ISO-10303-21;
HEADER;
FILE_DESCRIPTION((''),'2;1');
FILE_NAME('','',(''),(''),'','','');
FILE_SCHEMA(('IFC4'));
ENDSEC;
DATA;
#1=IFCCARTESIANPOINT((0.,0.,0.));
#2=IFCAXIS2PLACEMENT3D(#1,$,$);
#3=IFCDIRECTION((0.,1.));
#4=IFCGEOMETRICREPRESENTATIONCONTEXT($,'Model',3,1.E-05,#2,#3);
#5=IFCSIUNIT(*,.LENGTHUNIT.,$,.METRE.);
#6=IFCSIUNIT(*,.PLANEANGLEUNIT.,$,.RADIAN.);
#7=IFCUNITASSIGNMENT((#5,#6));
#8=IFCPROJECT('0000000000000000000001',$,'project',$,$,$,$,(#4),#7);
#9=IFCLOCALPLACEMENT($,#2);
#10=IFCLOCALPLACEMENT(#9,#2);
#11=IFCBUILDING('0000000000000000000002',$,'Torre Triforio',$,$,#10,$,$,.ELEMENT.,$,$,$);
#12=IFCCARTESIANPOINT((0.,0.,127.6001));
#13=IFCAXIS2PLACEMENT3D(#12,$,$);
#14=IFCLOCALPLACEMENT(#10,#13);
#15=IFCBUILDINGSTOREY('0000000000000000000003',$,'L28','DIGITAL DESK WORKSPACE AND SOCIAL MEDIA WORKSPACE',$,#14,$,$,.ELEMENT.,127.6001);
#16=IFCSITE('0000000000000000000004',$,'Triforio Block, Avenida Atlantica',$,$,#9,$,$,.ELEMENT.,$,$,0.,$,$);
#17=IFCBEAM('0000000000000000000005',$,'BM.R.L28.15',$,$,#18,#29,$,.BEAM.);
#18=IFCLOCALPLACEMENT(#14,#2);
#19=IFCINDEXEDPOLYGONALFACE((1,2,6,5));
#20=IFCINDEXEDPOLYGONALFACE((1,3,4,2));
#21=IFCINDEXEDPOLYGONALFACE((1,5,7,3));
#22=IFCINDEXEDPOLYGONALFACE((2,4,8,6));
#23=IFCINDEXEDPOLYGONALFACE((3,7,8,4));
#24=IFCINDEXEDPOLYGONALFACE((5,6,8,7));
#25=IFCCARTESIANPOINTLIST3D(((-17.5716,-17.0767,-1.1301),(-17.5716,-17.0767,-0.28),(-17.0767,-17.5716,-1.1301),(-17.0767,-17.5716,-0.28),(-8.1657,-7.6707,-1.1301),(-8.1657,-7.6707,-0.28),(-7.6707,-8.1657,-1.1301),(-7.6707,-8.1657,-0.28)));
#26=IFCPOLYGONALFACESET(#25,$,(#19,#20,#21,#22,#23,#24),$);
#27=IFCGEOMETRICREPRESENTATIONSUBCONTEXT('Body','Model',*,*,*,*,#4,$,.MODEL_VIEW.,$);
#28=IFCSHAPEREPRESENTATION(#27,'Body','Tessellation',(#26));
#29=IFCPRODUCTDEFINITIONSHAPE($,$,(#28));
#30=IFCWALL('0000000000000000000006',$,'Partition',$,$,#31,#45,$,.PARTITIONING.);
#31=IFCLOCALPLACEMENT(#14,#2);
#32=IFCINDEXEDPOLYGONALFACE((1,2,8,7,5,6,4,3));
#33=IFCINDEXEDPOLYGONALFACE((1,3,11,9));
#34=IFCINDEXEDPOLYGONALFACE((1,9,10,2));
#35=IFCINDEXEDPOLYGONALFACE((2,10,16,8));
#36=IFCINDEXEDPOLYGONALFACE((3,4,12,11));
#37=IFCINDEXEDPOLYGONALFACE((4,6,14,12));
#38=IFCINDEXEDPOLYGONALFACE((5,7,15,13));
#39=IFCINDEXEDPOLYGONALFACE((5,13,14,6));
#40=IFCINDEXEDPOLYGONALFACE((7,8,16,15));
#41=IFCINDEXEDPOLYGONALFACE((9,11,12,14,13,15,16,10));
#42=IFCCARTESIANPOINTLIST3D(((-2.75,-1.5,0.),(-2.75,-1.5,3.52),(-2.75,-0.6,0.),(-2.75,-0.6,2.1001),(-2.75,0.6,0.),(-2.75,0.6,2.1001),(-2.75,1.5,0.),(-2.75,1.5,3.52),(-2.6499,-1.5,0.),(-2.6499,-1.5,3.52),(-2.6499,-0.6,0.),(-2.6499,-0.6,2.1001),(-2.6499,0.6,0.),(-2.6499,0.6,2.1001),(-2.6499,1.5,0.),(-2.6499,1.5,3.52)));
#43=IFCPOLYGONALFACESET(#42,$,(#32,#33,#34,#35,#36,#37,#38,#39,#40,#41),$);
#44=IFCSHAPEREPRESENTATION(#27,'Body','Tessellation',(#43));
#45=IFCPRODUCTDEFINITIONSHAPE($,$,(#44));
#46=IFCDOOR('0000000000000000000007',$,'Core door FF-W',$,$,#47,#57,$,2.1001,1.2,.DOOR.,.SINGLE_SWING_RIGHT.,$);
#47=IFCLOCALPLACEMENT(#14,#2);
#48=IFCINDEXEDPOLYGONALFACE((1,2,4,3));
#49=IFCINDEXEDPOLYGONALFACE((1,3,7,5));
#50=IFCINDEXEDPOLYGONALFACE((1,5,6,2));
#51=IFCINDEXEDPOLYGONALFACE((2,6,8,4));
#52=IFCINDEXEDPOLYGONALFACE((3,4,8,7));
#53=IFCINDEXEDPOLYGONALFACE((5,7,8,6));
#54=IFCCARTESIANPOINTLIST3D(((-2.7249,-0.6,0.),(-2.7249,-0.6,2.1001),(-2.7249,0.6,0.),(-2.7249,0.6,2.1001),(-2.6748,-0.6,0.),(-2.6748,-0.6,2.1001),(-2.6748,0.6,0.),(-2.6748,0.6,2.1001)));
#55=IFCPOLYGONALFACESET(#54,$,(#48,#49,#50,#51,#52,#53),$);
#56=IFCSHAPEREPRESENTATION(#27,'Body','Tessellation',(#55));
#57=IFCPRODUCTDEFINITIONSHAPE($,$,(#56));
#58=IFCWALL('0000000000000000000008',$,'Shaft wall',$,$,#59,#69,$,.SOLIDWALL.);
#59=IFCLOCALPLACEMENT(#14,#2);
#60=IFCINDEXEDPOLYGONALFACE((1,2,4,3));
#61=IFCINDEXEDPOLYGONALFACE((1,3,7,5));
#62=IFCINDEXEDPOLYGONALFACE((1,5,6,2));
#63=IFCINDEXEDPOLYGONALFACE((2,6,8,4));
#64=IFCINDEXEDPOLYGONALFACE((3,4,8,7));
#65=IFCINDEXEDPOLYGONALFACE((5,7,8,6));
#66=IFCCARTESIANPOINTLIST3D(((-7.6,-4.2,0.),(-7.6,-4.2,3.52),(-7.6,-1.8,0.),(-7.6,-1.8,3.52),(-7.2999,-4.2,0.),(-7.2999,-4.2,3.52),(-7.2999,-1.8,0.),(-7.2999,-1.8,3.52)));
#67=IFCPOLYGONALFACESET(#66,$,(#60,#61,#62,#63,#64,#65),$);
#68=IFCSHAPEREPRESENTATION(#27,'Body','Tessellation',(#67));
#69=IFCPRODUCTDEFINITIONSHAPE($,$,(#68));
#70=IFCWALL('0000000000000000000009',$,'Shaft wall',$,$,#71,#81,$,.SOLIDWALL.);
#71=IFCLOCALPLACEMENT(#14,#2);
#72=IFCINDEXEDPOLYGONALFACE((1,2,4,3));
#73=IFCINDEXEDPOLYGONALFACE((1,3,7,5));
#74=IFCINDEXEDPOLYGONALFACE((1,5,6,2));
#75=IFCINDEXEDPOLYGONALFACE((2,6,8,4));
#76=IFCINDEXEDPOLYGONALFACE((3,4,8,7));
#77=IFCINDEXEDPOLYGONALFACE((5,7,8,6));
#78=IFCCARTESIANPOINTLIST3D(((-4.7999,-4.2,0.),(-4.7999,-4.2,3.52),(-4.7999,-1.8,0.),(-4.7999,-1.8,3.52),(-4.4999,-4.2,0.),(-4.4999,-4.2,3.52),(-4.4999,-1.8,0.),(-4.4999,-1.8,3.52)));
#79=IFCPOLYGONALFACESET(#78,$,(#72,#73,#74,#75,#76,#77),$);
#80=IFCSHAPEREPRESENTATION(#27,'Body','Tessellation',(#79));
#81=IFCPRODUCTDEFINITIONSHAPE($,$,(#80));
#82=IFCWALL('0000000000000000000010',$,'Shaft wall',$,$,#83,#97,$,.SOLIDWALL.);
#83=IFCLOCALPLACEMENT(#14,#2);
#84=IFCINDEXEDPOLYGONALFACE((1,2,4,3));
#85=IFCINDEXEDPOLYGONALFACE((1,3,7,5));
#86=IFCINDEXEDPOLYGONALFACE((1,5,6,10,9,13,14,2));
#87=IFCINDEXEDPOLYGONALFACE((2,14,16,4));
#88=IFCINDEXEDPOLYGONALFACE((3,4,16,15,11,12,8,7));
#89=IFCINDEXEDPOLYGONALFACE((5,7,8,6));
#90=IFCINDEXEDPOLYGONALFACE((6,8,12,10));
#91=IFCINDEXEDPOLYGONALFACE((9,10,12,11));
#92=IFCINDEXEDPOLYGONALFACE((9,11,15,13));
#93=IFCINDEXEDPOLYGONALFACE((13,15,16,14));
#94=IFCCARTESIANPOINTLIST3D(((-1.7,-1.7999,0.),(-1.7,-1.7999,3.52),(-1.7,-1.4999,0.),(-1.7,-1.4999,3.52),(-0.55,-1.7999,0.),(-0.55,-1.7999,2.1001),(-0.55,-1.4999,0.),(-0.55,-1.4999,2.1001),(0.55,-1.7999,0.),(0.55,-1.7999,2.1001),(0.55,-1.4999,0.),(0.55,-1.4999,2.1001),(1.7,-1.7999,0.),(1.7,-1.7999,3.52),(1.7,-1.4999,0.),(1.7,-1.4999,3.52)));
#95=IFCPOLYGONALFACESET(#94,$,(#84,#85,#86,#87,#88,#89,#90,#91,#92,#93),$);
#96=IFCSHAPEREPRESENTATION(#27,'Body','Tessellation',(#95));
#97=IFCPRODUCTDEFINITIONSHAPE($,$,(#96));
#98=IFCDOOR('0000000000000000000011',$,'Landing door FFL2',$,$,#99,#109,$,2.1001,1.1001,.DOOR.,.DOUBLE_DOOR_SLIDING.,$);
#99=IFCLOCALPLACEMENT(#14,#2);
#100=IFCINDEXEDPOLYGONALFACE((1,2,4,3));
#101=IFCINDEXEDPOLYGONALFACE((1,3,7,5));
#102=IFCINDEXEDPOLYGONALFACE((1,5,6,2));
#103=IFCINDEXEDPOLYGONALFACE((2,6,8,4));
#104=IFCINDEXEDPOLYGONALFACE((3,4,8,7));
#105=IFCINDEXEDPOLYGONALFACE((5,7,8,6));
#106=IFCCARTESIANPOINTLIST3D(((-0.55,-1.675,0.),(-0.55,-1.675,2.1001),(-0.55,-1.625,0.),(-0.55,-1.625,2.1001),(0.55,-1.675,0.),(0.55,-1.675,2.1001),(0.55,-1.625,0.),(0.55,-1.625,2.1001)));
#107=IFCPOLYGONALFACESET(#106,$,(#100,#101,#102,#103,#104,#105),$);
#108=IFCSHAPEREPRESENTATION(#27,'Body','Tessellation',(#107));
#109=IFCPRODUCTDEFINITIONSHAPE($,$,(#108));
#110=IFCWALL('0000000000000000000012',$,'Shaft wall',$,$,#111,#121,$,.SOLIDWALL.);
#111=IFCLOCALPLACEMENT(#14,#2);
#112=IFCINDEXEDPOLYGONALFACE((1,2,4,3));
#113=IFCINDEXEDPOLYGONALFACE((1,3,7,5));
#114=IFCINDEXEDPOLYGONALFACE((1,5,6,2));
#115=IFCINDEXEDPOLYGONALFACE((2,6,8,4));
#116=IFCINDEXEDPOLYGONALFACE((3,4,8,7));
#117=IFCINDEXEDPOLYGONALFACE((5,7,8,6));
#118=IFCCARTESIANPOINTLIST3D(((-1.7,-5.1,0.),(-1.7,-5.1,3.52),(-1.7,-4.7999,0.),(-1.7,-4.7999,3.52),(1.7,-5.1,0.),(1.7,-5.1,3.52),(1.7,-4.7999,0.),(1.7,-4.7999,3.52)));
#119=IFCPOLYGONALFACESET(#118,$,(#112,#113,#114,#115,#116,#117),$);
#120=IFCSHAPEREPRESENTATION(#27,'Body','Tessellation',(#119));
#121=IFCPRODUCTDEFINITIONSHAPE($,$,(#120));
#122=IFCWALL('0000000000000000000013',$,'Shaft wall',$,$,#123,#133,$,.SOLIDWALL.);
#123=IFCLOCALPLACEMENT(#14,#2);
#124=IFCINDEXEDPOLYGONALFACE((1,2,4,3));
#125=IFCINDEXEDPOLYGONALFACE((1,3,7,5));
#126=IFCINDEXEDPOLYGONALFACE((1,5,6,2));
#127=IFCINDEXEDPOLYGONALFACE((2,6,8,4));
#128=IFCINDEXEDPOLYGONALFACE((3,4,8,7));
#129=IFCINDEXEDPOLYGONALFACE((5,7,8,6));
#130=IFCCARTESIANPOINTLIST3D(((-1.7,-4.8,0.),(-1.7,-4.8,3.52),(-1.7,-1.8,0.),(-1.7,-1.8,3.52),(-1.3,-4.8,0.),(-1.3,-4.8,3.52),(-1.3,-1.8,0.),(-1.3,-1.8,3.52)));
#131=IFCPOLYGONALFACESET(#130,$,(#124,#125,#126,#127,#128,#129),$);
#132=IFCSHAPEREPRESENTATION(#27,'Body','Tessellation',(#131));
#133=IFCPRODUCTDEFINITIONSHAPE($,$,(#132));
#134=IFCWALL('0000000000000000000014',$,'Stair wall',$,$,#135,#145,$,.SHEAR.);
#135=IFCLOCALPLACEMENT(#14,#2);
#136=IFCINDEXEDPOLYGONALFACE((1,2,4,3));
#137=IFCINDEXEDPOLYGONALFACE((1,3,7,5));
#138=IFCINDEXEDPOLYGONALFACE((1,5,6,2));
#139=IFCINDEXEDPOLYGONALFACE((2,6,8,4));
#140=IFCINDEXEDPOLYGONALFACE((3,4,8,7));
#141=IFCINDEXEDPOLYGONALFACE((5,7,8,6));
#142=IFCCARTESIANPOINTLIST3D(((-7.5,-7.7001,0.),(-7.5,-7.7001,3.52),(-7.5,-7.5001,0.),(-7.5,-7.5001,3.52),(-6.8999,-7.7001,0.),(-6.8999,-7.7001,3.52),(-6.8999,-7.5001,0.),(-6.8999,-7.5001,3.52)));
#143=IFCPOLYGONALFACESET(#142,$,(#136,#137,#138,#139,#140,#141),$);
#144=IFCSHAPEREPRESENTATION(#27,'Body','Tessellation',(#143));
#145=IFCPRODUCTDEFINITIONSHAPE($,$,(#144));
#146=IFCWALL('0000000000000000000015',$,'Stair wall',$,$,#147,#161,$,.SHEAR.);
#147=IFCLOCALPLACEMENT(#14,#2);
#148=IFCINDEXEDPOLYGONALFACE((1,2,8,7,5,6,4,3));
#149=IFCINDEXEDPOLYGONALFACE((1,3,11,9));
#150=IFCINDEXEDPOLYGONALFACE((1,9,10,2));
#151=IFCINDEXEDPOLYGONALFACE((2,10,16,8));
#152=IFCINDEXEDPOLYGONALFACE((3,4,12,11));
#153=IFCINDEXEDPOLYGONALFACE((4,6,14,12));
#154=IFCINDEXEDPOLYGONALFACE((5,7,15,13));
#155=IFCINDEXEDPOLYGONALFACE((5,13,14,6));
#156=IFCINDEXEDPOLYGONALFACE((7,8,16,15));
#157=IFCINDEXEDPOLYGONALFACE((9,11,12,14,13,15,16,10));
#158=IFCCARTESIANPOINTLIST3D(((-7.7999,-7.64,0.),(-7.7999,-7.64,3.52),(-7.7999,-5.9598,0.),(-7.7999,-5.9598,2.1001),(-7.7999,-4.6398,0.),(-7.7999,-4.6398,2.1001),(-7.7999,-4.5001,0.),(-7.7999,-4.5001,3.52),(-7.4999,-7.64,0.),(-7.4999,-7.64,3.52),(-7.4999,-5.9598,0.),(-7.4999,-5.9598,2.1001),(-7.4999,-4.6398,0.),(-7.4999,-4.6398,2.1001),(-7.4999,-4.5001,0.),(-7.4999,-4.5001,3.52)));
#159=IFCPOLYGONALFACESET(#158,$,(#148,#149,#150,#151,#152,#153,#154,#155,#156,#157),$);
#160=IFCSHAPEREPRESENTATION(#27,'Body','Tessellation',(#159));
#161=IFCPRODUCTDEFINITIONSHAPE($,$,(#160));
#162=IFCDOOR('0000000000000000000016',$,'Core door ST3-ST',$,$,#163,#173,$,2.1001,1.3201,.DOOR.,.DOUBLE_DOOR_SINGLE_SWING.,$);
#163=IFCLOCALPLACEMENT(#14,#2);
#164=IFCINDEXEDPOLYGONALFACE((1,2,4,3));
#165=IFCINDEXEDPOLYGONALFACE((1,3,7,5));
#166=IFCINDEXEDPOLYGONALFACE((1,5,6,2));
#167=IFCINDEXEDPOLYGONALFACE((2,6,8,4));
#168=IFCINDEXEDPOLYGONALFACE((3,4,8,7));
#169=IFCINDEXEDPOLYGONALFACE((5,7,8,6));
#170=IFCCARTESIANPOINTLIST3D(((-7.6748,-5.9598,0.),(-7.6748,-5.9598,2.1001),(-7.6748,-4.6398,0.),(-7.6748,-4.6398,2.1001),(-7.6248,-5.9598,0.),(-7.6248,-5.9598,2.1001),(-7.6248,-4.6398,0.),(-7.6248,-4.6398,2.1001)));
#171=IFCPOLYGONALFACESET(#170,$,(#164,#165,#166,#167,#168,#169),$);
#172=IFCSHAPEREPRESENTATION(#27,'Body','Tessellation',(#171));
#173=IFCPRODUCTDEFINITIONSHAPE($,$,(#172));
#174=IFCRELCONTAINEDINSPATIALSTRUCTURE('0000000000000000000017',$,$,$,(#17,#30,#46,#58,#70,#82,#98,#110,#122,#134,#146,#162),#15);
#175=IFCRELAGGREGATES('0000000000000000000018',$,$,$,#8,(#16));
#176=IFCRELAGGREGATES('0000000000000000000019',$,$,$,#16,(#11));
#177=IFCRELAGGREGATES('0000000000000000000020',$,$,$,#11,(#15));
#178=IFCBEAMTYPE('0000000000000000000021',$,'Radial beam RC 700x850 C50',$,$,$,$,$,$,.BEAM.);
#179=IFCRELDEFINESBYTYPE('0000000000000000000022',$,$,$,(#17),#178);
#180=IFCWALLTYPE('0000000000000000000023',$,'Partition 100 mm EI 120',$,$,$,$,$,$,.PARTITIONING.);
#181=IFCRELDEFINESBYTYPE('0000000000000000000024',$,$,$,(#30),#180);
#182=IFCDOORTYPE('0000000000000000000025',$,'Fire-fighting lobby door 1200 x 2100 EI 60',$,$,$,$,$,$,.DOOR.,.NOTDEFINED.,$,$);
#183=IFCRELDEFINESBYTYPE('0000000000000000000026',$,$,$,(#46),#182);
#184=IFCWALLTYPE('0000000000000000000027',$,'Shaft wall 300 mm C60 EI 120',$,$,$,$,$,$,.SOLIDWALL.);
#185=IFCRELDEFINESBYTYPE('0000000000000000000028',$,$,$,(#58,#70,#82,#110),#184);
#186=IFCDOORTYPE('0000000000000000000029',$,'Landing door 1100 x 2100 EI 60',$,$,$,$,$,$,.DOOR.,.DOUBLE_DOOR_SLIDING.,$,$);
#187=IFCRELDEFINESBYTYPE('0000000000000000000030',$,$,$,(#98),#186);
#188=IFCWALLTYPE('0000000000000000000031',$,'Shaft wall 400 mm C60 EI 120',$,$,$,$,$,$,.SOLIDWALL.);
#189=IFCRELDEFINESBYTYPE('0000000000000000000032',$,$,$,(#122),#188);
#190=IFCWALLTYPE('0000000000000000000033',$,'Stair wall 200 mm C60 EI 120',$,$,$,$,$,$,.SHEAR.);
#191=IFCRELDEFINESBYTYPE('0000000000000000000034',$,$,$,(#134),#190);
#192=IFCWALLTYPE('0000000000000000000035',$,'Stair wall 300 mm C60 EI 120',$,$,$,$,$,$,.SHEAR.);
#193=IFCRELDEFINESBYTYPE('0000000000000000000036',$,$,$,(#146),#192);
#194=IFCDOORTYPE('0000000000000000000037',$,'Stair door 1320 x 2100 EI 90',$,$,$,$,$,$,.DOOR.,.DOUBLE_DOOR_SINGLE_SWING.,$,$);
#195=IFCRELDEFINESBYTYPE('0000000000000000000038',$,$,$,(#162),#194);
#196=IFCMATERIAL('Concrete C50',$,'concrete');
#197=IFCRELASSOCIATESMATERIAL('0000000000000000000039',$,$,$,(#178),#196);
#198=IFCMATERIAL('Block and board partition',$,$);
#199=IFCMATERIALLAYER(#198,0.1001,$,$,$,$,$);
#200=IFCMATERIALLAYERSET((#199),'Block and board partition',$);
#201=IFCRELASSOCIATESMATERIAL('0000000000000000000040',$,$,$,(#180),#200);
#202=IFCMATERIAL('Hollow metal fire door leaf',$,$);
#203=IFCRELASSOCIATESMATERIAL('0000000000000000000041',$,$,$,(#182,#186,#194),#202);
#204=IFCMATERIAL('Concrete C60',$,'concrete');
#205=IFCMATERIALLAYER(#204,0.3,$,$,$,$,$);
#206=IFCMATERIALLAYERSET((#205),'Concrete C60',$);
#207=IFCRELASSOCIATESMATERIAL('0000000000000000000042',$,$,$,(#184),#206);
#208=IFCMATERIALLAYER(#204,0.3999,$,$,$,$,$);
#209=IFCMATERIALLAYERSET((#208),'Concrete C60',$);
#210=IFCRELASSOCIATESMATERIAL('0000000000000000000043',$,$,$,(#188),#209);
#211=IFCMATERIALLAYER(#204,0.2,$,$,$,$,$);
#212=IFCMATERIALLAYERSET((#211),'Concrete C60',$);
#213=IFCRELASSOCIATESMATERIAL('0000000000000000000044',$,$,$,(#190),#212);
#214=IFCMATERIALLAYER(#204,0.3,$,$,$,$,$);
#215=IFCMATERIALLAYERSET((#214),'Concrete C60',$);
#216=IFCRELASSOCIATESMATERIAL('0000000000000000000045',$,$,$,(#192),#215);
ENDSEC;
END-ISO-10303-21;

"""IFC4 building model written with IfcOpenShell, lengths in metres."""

from ifc_helpers import new_model, si_unit, direction, frame, frame_2d, origin, origin_2d, place, context, subcontext, project, spatial, rectangle, extrude, material, layer, layer_set, material_profile, profile_set, type_object, element, fill, save


model = new_model("IFC4")

# Units and contexts
model_context = context("Model", 3, precision=1e-05, world=origin(), true_north=direction((0.0, 1.0)))
body_context = subcontext(model_context, "Body", "Model", "MODEL_VIEW")
ifc_project = project(units=[si_unit("LENGTHUNIT", "METRE"), si_unit("PLANEANGLEUNIT", "RADIAN")], contexts=[model_context])

# Site, building, storey
site_placement = place(None, origin())
site = spatial("IfcSite", under=ifc_project, at=site_placement, Name="Triforio Block, Avenida Atlantica", CompositionType="ELEMENT", RefElevation=0.0)
building_placement = place(site_placement, origin())
building = spatial("IfcBuilding", under=site, at=building_placement, Name="Torre Triforio", CompositionType="ELEMENT")
storey_placement = place(building_placement, frame((0.0, 0.0, 127.6001)))
storey = spatial("IfcBuildingStorey", under=building, at=storey_placement, Name="L28", Description="DIGITAL DESK WORKSPACE AND SOCIAL MEDIA WORKSPACE", CompositionType="ELEMENT", Elevation=127.6001)

# Beam
ifc_material_1 = material(Name="Concrete C50", Category="concrete")
ifc_material_profile = material_profile(ifc_material_1, rectangle(XDim=0.7, YDim=0.8501, at=origin_2d()), Name="RC 700x850")
ifc_profile_set = profile_set([ifc_material_profile], Name="Concrete C50")
beam_type = type_object("IfcBeamType", Name="Radial beam RC 700x850 C50", PredefinedType="BEAM", material=ifc_profile_set)
beam_placement = place(storey_placement, frame((-7.9182, -7.9182, -0.7051), z_axis=(-0.707107, -0.707107, 0.0), x_axis=(0.707107, -0.707107, 0.0)))
element("IfcBeam", 1, at=beam_placement, inside=storey, type_object=beam_type, Name="BM.R.L28.15", PredefinedType="BEAM", context=body_context, shape_type="SweptSolid", body=[
    extrude(rectangle(XDim=0.7, YDim=0.8501, at=origin_2d()), origin(), (0.0, 0.0, 1.0), 13.302),
])

# Wall, opening, door
ifc_material_2 = material(Name="Block and board partition")
ifc_layer_1 = layer(ifc_material_2, 0.1001)
ifc_layer_set_1 = layer_set([ifc_layer_1], Name="Block and board partition")
wall_type_1 = type_object("IfcWallType", Name="Partition 100 mm EI 120", PredefinedType="PARTITIONING", material=ifc_layer_set_1)
wall_1_placement = place(storey_placement, frame((-2.7, -1.5, 0.0), z_axis=(0.0, 0.0, 1.0), x_axis=(0.0, 1.0, 0.0)))
wall_1 = element("IfcWall", 2, at=wall_1_placement, inside=storey, type_object=wall_type_1, Name="Partition", PredefinedType="PARTITIONING", context=body_context, shape_type="SweptSolid", body=[
    extrude(rectangle(XDim=3.0, YDim=0.1001, at=frame_2d((1.5, 0.0))), origin(), (0.0, 0.0, 1.0), 3.52),
])
opening_1_placement = place(wall_1_placement, frame((0.8999, 0.0, 0.0)))
opening_1 = element("IfcOpeningElement", 3, at=opening_1_placement, cuts=wall_1, PredefinedType="OPENING", context=body_context, shape_type="SweptSolid", body=[
    extrude(rectangle(XDim=1.2, YDim=2.1001, at=frame_2d((0.6001, 1.05))), frame((0.0, 0.0601, 0.0), z_axis=(0.0, -1.0, 0.0), x_axis=(1.0, 0.0, 0.0)), (0.0, 0.0, 1.0), 0.1201),
])
ifc_material_3 = material(Name="Hollow metal fire door leaf")
door_type_1 = type_object("IfcDoorType", Name="Fire-fighting lobby door 1200 x 2100 EI 60", OperationType="NOTDEFINED", PredefinedType="DOOR", material=ifc_material_3)
door_1_placement = place(opening_1_placement, origin())
door_1 = element("IfcDoor", 4, at=door_1_placement, inside=storey, type_object=door_type_1, Name="Core door FF-W", OperationType="SINGLE_SWING_RIGHT", OverallHeight=2.1001, OverallWidth=1.2, PredefinedType="DOOR", context=body_context, shape_type="SweptSolid", body=[
    extrude(rectangle(XDim=1.2, YDim=2.1001, at=frame_2d((0.6001, 1.05))), frame((0.0, 0.0249, 0.0), z_axis=(0.0, -1.0, 0.0), x_axis=(1.0, 0.0, 0.0)), (0.0, 0.0, 1.0), 0.05),
])
fill(opening_1, door_1)

# Walls
ifc_material_4 = material(Name="Concrete C60", Category="concrete")
ifc_layer_2 = layer(ifc_material_4, 0.3)
ifc_layer_set_2 = layer_set([ifc_layer_2], Name="Concrete C60")
wall_type_2 = type_object("IfcWallType", Name="Shaft wall 300 mm C60 EI 120", PredefinedType="SOLIDWALL", material=ifc_layer_set_2)
for number, where, z_axis, x_axis, name in (
    (5, (-7.45, -4.2, 0.0), (0.0, 0.0, 1.0), (0.0, 1.0, 0.0), "Shaft wall"),
    (6, (-4.6499, -4.2, 0.0), (0.0, 0.0, 1.0), (0.0, 1.0, 0.0), "Shaft wall"),
):
    element("IfcWall", number, at=place(storey_placement, frame(where, z_axis=z_axis, x_axis=x_axis)), inside=storey, type_object=wall_type_2, Name=name, PredefinedType="SOLIDWALL", context=body_context, shape_type="SweptSolid", body=[
        extrude(rectangle(XDim=2.3999, YDim=0.3, at=frame_2d((1.2, 0.0))), origin(), (0.0, 0.0, 1.0), 3.52),
    ])

# Wall, opening, door
wall_2_placement = place(storey_placement, frame((-1.7, -1.6499, 0.0), z_axis=(0.0, 0.0, 1.0), x_axis=(1.0, 0.0, 0.0)))
wall_2 = element("IfcWall", 7, at=wall_2_placement, inside=storey, type_object=wall_type_2, Name="Shaft wall", PredefinedType="SOLIDWALL", context=body_context, shape_type="SweptSolid", body=[
    extrude(rectangle(XDim=3.3999, YDim=0.3, at=frame_2d((1.7, 0.0))), origin(), (0.0, 0.0, 1.0), 3.52),
])
opening_2_placement = place(wall_2_placement, frame((1.1499, 0.0, 0.0)))
opening_2 = element("IfcOpeningElement", 8, at=opening_2_placement, cuts=wall_2, PredefinedType="OPENING", context=body_context, shape_type="SweptSolid", body=[
    extrude(rectangle(XDim=1.1001, YDim=2.1001, at=frame_2d((0.55, 1.05))), frame((0.0, 0.1599, 0.0), z_axis=(0.0, -1.0, 0.0), x_axis=(1.0, 0.0, 0.0)), (0.0, 0.0, 1.0), 0.3201),
])
door_type_2 = type_object("IfcDoorType", Name="Landing door 1100 x 2100 EI 60", OperationType="DOUBLE_DOOR_SLIDING", PredefinedType="DOOR", material=ifc_material_3)
door_2_placement = place(opening_2_placement, origin())
door_2 = element("IfcDoor", 9, at=door_2_placement, inside=storey, type_object=door_type_2, Name="Landing door FFL2", OperationType="DOUBLE_DOOR_SLIDING", OverallHeight=2.1001, OverallWidth=1.1001, PredefinedType="DOOR", context=body_context, shape_type="SweptSolid", body=[
    extrude(rectangle(XDim=1.1001, YDim=2.1001, at=frame_2d((0.55, 1.05))), frame((0.0, 0.0249, 0.0), z_axis=(0.0, -1.0, 0.0), x_axis=(1.0, 0.0, 0.0)), (0.0, 0.0, 1.0), 0.05),
])
fill(opening_2, door_2)

# Walls
wall_3_placement = place(storey_placement, frame((-1.7, -4.95, 0.0), z_axis=(0.0, 0.0, 1.0), x_axis=(1.0, 0.0, 0.0)))
element("IfcWall", 10, at=wall_3_placement, inside=storey, type_object=wall_type_2, Name="Shaft wall", PredefinedType="SOLIDWALL", context=body_context, shape_type="SweptSolid", body=[
    extrude(rectangle(XDim=3.3999, YDim=0.3, at=frame_2d((1.7, 0.0))), origin(), (0.0, 0.0, 1.0), 3.52),
])
ifc_layer_3 = layer(ifc_material_4, 0.3999)
ifc_layer_set_3 = layer_set([ifc_layer_3], Name="Concrete C60")
wall_type_3 = type_object("IfcWallType", Name="Shaft wall 400 mm C60 EI 120", PredefinedType="SOLIDWALL", material=ifc_layer_set_3)
wall_4_placement = place(storey_placement, frame((-1.5, -4.8, 0.0), z_axis=(0.0, 0.0, 1.0), x_axis=(0.0, 1.0, 0.0)))
element("IfcWall", 11, at=wall_4_placement, inside=storey, type_object=wall_type_3, Name="Shaft wall", PredefinedType="SOLIDWALL", context=body_context, shape_type="SweptSolid", body=[
    extrude(rectangle(XDim=3.0, YDim=0.3999, at=frame_2d((1.5, 0.0))), origin(), (0.0, 0.0, 1.0), 3.52),
])
ifc_layer_4 = layer(ifc_material_4, 0.2)
ifc_layer_set_4 = layer_set([ifc_layer_4], Name="Concrete C60")
wall_type_4 = type_object("IfcWallType", Name="Stair wall 200 mm C60 EI 120", PredefinedType="SHEAR", material=ifc_layer_set_4)
wall_5_placement = place(storey_placement, frame((-7.5, -7.6001, 0.0), z_axis=(0.0, 0.0, 1.0), x_axis=(1.0, 0.0, 0.0)))
element("IfcWall", 12, at=wall_5_placement, inside=storey, type_object=wall_type_4, Name="Stair wall", PredefinedType="SHEAR", context=body_context, shape_type="SweptSolid", body=[
    extrude(rectangle(XDim=0.6001, YDim=0.2, at=frame_2d((0.3, 0.0))), origin(), (0.0, 0.0, 1.0), 3.52),
])

# Wall, opening, door
ifc_layer_5 = layer(ifc_material_4, 0.3)
ifc_layer_set_5 = layer_set([ifc_layer_5], Name="Concrete C60")
wall_type_5 = type_object("IfcWallType", Name="Stair wall 300 mm C60 EI 120", PredefinedType="SHEAR", material=ifc_layer_set_5)
wall_6_placement = place(storey_placement, frame((-7.6499, -7.6399, 0.0), z_axis=(0.0, 0.0, 1.0), x_axis=(0.0, 1.0, 0.0)))
wall_6 = element("IfcWall", 13, at=wall_6_placement, inside=storey, type_object=wall_type_5, Name="Stair wall", PredefinedType="SHEAR", context=body_context, shape_type="SweptSolid", body=[
    extrude(rectangle(XDim=3.1399, YDim=0.3, at=frame_2d((1.5698, 0.0))), origin(), (0.0, 0.0, 1.0), 3.52),
])
opening_3_placement = place(wall_6_placement, frame((1.6799, 0.0, 0.0)))
opening_3 = element("IfcOpeningElement", 14, at=opening_3_placement, cuts=wall_6, PredefinedType="OPENING", context=body_context, shape_type="SweptSolid", body=[
    extrude(rectangle(XDim=1.3201, YDim=2.1001, at=frame_2d((0.6602, 1.05))), frame((0.0, 0.1599, 0.0), z_axis=(0.0, -1.0, 0.0), x_axis=(1.0, 0.0, 0.0)), (0.0, 0.0, 1.0), 0.3201),
])
door_type_3 = type_object("IfcDoorType", Name="Stair door 1320 x 2100 EI 90", OperationType="DOUBLE_DOOR_SINGLE_SWING", PredefinedType="DOOR", material=ifc_material_3)
door_3_placement = place(opening_3_placement, origin())
door_3 = element("IfcDoor", 15, at=door_3_placement, inside=storey, type_object=door_type_3, Name="Core door ST3-ST", OperationType="DOUBLE_DOOR_SINGLE_SWING", OverallHeight=2.1001, OverallWidth=1.3201, PredefinedType="DOOR", context=body_context, shape_type="SweptSolid", body=[
    extrude(rectangle(XDim=1.3201, YDim=2.1001, at=frame_2d((0.6602, 1.05))), frame((0.0, 0.0249, 0.0), z_axis=(0.0, -1.0, 0.0), x_axis=(1.0, 0.0, 0.0)), (0.0, 0.0, 1.0), 0.05),
])
fill(opening_3, door_3)

save(model, "model.ifc")
